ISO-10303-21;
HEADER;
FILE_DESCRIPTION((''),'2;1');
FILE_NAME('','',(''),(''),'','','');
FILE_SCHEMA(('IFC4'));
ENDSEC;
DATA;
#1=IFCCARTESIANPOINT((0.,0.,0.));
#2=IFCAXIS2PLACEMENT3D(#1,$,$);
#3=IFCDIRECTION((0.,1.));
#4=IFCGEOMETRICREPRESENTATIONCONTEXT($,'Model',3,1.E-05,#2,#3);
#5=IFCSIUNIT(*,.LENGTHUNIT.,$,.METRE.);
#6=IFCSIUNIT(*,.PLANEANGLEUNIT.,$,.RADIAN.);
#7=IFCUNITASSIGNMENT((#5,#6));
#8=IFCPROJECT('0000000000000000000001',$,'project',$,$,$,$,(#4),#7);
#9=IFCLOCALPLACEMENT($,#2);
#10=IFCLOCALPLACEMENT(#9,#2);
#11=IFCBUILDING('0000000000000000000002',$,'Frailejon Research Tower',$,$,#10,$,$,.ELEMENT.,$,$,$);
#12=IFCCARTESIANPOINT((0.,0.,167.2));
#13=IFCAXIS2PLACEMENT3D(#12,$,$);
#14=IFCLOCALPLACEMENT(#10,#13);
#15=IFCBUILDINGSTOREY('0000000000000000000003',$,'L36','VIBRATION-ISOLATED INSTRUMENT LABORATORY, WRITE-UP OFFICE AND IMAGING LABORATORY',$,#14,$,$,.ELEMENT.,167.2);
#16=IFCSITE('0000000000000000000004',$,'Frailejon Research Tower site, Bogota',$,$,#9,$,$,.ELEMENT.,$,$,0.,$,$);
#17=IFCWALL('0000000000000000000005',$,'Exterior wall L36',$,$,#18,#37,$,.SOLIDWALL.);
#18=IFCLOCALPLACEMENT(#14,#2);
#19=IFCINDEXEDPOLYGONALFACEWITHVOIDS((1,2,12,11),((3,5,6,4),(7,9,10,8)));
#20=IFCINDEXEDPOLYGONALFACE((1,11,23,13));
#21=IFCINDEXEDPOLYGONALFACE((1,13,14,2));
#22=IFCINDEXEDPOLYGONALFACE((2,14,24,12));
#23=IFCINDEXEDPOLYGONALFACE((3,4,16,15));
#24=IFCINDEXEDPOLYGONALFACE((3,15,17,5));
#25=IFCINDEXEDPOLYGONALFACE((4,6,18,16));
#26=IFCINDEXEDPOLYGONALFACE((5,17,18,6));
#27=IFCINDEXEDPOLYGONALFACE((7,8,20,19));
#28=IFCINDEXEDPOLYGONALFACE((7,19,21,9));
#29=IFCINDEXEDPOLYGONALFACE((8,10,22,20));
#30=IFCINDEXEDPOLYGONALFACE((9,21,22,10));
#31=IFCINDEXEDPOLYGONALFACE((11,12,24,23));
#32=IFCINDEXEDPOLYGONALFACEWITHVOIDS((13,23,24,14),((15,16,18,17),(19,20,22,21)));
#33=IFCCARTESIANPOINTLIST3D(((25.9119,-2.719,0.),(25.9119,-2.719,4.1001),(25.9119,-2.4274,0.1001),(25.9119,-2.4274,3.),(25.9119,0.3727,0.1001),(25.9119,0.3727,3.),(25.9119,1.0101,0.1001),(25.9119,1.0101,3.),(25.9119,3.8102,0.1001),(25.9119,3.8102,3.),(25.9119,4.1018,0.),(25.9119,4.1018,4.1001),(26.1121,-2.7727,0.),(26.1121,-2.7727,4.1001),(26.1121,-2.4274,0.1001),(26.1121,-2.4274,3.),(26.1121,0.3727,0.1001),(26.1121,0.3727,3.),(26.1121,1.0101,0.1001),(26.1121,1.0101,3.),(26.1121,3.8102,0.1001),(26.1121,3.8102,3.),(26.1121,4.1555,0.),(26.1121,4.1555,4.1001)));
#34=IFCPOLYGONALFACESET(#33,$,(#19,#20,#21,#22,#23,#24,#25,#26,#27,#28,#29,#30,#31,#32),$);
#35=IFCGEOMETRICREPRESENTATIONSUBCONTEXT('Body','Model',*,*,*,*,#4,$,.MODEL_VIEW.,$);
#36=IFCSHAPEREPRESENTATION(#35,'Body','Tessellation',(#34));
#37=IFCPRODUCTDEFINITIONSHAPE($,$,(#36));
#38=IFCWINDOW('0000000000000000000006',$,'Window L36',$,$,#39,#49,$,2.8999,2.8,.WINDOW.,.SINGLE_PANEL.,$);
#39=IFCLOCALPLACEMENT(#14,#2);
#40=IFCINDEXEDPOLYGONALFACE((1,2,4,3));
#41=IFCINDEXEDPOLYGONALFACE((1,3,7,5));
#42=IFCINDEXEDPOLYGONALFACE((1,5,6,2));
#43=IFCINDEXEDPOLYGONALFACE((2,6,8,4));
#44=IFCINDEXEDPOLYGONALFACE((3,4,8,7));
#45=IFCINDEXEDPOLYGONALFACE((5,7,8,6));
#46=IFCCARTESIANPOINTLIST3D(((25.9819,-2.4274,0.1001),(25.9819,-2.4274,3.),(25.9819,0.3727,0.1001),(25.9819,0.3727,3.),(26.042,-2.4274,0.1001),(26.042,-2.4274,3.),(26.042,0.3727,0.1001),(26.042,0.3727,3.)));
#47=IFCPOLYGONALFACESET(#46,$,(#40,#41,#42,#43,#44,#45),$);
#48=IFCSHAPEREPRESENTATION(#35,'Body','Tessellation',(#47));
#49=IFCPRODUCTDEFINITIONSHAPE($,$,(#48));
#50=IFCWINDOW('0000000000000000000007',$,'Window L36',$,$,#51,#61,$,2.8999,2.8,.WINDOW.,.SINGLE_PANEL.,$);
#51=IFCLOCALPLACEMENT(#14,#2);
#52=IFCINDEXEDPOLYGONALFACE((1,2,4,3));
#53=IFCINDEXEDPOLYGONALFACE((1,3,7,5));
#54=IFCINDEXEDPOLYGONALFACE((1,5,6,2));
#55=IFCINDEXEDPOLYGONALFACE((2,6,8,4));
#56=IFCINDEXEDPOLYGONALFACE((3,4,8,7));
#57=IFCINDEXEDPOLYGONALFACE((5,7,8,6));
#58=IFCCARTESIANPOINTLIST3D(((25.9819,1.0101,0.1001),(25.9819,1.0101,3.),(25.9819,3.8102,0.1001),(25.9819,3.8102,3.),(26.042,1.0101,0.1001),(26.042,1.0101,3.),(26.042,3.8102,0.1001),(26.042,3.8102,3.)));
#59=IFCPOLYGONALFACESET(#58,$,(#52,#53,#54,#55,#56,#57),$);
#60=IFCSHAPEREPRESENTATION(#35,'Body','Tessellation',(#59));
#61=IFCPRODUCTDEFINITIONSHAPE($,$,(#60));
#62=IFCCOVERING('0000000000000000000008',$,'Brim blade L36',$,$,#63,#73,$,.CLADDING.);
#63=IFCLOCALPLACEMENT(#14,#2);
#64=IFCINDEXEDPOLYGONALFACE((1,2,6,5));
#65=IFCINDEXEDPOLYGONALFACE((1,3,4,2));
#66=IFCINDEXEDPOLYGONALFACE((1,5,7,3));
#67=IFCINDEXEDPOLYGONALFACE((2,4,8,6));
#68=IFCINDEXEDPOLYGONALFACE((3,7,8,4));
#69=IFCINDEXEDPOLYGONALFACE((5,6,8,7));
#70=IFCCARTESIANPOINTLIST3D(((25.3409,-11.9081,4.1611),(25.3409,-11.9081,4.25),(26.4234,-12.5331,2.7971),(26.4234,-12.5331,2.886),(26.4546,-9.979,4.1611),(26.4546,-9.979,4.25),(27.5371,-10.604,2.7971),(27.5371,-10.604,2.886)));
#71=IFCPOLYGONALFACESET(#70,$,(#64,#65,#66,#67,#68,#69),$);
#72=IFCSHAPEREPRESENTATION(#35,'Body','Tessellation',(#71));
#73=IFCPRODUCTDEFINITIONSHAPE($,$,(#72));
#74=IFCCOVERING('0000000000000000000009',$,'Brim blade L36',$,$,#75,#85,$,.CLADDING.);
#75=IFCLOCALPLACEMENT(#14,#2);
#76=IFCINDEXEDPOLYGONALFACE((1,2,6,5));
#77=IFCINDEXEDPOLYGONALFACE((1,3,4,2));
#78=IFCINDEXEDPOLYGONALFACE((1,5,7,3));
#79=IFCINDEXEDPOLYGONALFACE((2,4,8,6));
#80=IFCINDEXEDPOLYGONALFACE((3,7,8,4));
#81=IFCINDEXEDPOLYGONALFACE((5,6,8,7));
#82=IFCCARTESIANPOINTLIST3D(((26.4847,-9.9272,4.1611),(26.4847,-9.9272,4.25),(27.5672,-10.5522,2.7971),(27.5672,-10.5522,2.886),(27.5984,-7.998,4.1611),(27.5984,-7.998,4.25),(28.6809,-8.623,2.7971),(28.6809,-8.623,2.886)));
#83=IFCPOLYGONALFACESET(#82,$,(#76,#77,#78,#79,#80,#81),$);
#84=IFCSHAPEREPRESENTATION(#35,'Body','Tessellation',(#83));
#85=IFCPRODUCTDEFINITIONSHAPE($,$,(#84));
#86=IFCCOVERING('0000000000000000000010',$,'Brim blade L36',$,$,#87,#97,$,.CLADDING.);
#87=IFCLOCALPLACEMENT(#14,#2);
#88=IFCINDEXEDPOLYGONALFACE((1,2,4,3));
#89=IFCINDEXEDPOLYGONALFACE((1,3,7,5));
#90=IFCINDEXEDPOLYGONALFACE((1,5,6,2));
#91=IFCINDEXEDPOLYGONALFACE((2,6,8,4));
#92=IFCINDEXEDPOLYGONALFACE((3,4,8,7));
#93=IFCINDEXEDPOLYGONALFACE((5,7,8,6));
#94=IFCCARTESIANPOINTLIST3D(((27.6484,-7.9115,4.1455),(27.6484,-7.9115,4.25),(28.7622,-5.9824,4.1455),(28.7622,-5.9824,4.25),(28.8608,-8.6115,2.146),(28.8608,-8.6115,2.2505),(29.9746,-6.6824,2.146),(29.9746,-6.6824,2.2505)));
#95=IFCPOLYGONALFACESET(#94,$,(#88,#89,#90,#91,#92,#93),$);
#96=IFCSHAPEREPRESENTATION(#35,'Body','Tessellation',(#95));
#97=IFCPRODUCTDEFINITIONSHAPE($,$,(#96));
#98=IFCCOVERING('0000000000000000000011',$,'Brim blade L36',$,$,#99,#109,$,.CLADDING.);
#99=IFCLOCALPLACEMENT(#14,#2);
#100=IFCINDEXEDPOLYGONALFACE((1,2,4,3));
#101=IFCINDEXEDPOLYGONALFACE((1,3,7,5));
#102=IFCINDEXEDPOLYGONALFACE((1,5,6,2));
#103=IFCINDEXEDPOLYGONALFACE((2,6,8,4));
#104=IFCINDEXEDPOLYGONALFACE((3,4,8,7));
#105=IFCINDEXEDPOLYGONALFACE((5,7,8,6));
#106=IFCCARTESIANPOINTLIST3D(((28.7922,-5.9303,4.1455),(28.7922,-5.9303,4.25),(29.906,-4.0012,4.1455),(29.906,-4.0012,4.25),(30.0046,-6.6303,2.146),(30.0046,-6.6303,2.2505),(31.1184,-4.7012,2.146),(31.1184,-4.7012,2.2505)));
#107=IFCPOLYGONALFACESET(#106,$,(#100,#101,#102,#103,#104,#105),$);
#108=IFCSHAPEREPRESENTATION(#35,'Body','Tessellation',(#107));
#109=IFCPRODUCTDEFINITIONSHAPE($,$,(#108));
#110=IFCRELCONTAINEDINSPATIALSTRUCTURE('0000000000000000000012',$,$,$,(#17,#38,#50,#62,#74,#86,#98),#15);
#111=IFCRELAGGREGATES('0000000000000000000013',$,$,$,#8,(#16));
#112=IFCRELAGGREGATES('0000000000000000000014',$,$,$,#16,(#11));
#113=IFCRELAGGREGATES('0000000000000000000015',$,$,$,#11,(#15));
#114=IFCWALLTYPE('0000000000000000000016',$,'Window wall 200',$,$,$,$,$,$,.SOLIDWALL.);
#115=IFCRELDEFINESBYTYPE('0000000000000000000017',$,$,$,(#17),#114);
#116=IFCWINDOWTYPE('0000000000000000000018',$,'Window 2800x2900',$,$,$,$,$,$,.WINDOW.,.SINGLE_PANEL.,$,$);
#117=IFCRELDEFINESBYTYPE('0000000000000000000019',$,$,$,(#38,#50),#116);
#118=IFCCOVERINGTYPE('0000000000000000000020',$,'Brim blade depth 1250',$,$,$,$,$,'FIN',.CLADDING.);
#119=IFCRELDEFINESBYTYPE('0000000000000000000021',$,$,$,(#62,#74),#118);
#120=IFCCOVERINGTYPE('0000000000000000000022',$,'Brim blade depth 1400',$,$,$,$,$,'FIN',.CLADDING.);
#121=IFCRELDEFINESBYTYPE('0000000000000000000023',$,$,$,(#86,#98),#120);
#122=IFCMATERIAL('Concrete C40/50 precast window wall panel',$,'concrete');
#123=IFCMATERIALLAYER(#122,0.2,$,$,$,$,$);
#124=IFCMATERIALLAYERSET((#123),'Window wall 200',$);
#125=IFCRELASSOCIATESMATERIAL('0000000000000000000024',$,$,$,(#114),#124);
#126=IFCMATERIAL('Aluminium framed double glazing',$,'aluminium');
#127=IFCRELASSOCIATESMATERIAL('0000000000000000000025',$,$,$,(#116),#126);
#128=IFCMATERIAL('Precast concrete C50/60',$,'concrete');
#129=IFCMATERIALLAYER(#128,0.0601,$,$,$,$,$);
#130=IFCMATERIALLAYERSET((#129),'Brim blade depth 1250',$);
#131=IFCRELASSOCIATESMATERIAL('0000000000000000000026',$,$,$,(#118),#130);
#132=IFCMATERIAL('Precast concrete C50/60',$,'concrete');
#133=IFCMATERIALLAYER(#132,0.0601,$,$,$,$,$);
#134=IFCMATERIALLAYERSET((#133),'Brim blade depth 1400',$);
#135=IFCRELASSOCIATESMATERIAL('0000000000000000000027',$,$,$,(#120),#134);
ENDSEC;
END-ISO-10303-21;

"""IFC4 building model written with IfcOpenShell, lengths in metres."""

from ifc_helpers import new_model, si_unit, direction, frame, frame_2d, origin, place, context, subcontext, project, spatial, polyline, rectangle, outline, extrude, material, layer, layer_set, type_object, element, fill, save


model = new_model("IFC4")

# Units and contexts
model_context = context("Model", 3, precision=1e-05, world=origin(), true_north=direction((0.0, 1.0)))
body_context = subcontext(model_context, "Body", "Model", "MODEL_VIEW")
ifc_project = project(units=[si_unit("LENGTHUNIT", "METRE"), si_unit("PLANEANGLEUNIT", "RADIAN")], contexts=[model_context])

# Site, building, storey
site_placement = place(None, origin())
site = spatial("IfcSite", under=ifc_project, at=site_placement, Name="Frailejon Research Tower site, Bogota", CompositionType="ELEMENT", RefElevation=0.0)
building_placement = place(site_placement, origin())
building = spatial("IfcBuilding", under=site, at=building_placement, Name="Frailejon Research Tower", CompositionType="ELEMENT")
storey_placement = place(building_placement, frame((0.0, 0.0, 167.2)))
storey = spatial("IfcBuildingStorey", under=building, at=storey_placement, Name="L36", Description="VIBRATION-ISOLATED INSTRUMENT LABORATORY, WRITE-UP OFFICE AND IMAGING LABORATORY", CompositionType="ELEMENT", Elevation=167.2)

# Wall, openings, windows
ifc_material_1 = material(Name="Concrete C40/50 precast window wall panel", Category="concrete")
ifc_layer_1 = layer(ifc_material_1, 0.2)
ifc_layer_set_1 = layer_set([ifc_layer_1], Name="Window wall 200")
wall_type_1 = type_object("IfcWallType", Name="Window wall 200", PredefinedType="SOLIDWALL", material=ifc_layer_set_1)
wall_1_placement = place(storey_placement, frame((26.012, -2.7458, 0.0), z_axis=(0.0, 0.0, 1.0), x_axis=(0.0, 1.0, 0.0)))
wall_1 = element("IfcWall", 1, at=wall_1_placement, inside=storey, type_object=wall_type_1, Name="Exterior wall L36", PredefinedType="SOLIDWALL", context=body_context, shape_type="SweptSolid", body=[
    extrude(outline(polyline([(-0.0269, -0.1001), (1.1279, -0.1001), (2.2825, -0.1001), (3.4373, -0.1001), (4.592, -0.1001), (5.7466, -0.1001), (6.9014, -0.1001), (6.8477, 0.1001), (5.7109, 0.1001), (4.574, 0.1001), (3.4373, 0.1001), (2.3005, 0.1001), (1.1636, 0.1001), (0.0269, 0.1001), (-0.0269, -0.1001)])), origin(), (0.0, 0.0, 1.0), 4.1001),
])
opening_1_placement = place(wall_1_placement, frame((0.3186, 0.0, 0.1001)))
opening_1 = element("IfcOpeningElement", 2, at=opening_1_placement, cuts=wall_1, PredefinedType="OPENING", context=body_context, shape_type="SweptSolid", body=[
    extrude(rectangle(XDim=2.8, YDim=2.8999, at=frame_2d((1.3999, 1.45))), frame((0.0, 0.1099, 0.0), z_axis=(0.0, -1.0, 0.0), x_axis=(1.0, 0.0, 0.0)), (0.0, 0.0, 1.0), 0.22),
])
opening_2_placement = place(wall_1_placement, frame((3.7561, 0.0, 0.1001)))
opening_2 = element("IfcOpeningElement", 3, at=opening_2_placement, cuts=wall_1, PredefinedType="OPENING", context=body_context, shape_type="SweptSolid", body=[
    extrude(rectangle(XDim=2.8, YDim=2.8999, at=frame_2d((1.3999, 1.45))), frame((0.0, 0.1099, 0.0), z_axis=(0.0, -1.0, 0.0), x_axis=(1.0, 0.0, 0.0)), (0.0, 0.0, 1.0), 0.22),
])
ifc_material_2 = material(Name="Aluminium framed double glazing", Category="aluminium")
window_type = type_object("IfcWindowType", Name="Window 2800x2900", PartitioningType="SINGLE_PANEL", PredefinedType="WINDOW", material=ifc_material_2)
window_1_placement = place(opening_1_placement, origin())
window_1 = element("IfcWindow", 4, at=window_1_placement, inside=storey, type_object=window_type, Name="Window L36", OverallHeight=2.8999, OverallWidth=2.8, PartitioningType="SINGLE_PANEL", PredefinedType="WINDOW", context=body_context, shape_type="SweptSolid", body=[
    extrude(rectangle(XDim=2.8, YDim=2.8999, at=frame_2d((1.3999, 1.45))), frame((0.0, 0.03, 0.0), z_axis=(0.0, -1.0, 0.0), x_axis=(1.0, 0.0, 0.0)), (0.0, 0.0, 1.0), 0.0601),
])
fill(opening_1, window_1)
window_2_placement = place(opening_2_placement, origin())
window_2 = element("IfcWindow", 5, at=window_2_placement, inside=storey, type_object=window_type, Name="Window L36", OverallHeight=2.8999, OverallWidth=2.8, PartitioningType="SINGLE_PANEL", PredefinedType="WINDOW", context=body_context, shape_type="SweptSolid", body=[
    extrude(rectangle(XDim=2.8, YDim=2.8999, at=frame_2d((1.3999, 1.45))), frame((0.0, 0.03, 0.0), z_axis=(0.0, -1.0, 0.0), x_axis=(1.0, 0.0, 0.0)), (0.0, 0.0, 1.0), 0.0601),
])
fill(opening_2, window_2)

# Coverings
ifc_material_3 = material(Name="Precast concrete C50/60", Category="concrete")
ifc_layer_2 = layer(ifc_material_3, 0.0601)
ifc_layer_set_2 = layer_set([ifc_layer_2], Name="Brim blade depth 1250")
covering_type_1 = type_object("IfcCoveringType", Name="Brim blade depth 1250", ElementType="FIN", PredefinedType="CLADDING", material=ifc_layer_set_2)
for number, where, z_axis, x_axis, name in (
    (6, (26.4546, -9.979, 4.25), (-0.499982, -0.866036, 0.0), (0.866036, -0.499982, 0.0), "Brim blade L36"),
    (7, (27.5984, -7.998, 4.25), (-0.499982, -0.866036, 0.0), (0.866036, -0.499982, 0.0), "Brim blade L36"),
):
    element("IfcCovering", number, at=place(storey_placement, frame(where, z_axis=z_axis, x_axis=x_axis)), inside=storey, type_object=covering_type_1, Name=name, PredefinedType="CLADDING", context=body_context, shape_type="SweptSolid", body=[
        extrude(outline(polyline([(0.0, -0.0889), (1.25, -1.4529), (1.25, -1.364), (0.0, 0.0), (0.0, -0.0889)])), origin(), (0.0, 0.0, 1.0), 2.2275),
    ])
ifc_material_4 = material(Name="Precast concrete C50/60", Category="concrete")
ifc_layer_3 = layer(ifc_material_4, 0.0601)
ifc_layer_set_3 = layer_set([ifc_layer_3], Name="Brim blade depth 1400")
covering_type_2 = type_object("IfcCoveringType", Name="Brim blade depth 1400", ElementType="FIN", PredefinedType="CLADDING", material=ifc_layer_set_3)
for number, where, z_axis, x_axis, name in (
    (8, (28.7622, -5.9824, 4.25), (-0.500008, -0.866021, 0.0), (0.866021, -0.500008, 0.0), "Brim blade L36"),
    (9, (29.906, -4.0012, 4.25), (-0.500008, -0.866021, 0.0), (0.866021, -0.500008, 0.0), "Brim blade L36"),
):
    element("IfcCovering", number, at=place(storey_placement, frame(where, z_axis=z_axis, x_axis=x_axis)), inside=storey, type_object=covering_type_2, Name=name, PredefinedType="CLADDING", context=body_context, shape_type="SweptSolid", body=[
        extrude(outline(polyline([(0.0, -0.1045), (1.3999, -2.104), (1.3999, -1.9995), (0.0, 0.0), (0.0, -0.1045)])), origin(), (0.0, 0.0, 1.0), 2.2275),
    ])

save(model, "model.ifc")
